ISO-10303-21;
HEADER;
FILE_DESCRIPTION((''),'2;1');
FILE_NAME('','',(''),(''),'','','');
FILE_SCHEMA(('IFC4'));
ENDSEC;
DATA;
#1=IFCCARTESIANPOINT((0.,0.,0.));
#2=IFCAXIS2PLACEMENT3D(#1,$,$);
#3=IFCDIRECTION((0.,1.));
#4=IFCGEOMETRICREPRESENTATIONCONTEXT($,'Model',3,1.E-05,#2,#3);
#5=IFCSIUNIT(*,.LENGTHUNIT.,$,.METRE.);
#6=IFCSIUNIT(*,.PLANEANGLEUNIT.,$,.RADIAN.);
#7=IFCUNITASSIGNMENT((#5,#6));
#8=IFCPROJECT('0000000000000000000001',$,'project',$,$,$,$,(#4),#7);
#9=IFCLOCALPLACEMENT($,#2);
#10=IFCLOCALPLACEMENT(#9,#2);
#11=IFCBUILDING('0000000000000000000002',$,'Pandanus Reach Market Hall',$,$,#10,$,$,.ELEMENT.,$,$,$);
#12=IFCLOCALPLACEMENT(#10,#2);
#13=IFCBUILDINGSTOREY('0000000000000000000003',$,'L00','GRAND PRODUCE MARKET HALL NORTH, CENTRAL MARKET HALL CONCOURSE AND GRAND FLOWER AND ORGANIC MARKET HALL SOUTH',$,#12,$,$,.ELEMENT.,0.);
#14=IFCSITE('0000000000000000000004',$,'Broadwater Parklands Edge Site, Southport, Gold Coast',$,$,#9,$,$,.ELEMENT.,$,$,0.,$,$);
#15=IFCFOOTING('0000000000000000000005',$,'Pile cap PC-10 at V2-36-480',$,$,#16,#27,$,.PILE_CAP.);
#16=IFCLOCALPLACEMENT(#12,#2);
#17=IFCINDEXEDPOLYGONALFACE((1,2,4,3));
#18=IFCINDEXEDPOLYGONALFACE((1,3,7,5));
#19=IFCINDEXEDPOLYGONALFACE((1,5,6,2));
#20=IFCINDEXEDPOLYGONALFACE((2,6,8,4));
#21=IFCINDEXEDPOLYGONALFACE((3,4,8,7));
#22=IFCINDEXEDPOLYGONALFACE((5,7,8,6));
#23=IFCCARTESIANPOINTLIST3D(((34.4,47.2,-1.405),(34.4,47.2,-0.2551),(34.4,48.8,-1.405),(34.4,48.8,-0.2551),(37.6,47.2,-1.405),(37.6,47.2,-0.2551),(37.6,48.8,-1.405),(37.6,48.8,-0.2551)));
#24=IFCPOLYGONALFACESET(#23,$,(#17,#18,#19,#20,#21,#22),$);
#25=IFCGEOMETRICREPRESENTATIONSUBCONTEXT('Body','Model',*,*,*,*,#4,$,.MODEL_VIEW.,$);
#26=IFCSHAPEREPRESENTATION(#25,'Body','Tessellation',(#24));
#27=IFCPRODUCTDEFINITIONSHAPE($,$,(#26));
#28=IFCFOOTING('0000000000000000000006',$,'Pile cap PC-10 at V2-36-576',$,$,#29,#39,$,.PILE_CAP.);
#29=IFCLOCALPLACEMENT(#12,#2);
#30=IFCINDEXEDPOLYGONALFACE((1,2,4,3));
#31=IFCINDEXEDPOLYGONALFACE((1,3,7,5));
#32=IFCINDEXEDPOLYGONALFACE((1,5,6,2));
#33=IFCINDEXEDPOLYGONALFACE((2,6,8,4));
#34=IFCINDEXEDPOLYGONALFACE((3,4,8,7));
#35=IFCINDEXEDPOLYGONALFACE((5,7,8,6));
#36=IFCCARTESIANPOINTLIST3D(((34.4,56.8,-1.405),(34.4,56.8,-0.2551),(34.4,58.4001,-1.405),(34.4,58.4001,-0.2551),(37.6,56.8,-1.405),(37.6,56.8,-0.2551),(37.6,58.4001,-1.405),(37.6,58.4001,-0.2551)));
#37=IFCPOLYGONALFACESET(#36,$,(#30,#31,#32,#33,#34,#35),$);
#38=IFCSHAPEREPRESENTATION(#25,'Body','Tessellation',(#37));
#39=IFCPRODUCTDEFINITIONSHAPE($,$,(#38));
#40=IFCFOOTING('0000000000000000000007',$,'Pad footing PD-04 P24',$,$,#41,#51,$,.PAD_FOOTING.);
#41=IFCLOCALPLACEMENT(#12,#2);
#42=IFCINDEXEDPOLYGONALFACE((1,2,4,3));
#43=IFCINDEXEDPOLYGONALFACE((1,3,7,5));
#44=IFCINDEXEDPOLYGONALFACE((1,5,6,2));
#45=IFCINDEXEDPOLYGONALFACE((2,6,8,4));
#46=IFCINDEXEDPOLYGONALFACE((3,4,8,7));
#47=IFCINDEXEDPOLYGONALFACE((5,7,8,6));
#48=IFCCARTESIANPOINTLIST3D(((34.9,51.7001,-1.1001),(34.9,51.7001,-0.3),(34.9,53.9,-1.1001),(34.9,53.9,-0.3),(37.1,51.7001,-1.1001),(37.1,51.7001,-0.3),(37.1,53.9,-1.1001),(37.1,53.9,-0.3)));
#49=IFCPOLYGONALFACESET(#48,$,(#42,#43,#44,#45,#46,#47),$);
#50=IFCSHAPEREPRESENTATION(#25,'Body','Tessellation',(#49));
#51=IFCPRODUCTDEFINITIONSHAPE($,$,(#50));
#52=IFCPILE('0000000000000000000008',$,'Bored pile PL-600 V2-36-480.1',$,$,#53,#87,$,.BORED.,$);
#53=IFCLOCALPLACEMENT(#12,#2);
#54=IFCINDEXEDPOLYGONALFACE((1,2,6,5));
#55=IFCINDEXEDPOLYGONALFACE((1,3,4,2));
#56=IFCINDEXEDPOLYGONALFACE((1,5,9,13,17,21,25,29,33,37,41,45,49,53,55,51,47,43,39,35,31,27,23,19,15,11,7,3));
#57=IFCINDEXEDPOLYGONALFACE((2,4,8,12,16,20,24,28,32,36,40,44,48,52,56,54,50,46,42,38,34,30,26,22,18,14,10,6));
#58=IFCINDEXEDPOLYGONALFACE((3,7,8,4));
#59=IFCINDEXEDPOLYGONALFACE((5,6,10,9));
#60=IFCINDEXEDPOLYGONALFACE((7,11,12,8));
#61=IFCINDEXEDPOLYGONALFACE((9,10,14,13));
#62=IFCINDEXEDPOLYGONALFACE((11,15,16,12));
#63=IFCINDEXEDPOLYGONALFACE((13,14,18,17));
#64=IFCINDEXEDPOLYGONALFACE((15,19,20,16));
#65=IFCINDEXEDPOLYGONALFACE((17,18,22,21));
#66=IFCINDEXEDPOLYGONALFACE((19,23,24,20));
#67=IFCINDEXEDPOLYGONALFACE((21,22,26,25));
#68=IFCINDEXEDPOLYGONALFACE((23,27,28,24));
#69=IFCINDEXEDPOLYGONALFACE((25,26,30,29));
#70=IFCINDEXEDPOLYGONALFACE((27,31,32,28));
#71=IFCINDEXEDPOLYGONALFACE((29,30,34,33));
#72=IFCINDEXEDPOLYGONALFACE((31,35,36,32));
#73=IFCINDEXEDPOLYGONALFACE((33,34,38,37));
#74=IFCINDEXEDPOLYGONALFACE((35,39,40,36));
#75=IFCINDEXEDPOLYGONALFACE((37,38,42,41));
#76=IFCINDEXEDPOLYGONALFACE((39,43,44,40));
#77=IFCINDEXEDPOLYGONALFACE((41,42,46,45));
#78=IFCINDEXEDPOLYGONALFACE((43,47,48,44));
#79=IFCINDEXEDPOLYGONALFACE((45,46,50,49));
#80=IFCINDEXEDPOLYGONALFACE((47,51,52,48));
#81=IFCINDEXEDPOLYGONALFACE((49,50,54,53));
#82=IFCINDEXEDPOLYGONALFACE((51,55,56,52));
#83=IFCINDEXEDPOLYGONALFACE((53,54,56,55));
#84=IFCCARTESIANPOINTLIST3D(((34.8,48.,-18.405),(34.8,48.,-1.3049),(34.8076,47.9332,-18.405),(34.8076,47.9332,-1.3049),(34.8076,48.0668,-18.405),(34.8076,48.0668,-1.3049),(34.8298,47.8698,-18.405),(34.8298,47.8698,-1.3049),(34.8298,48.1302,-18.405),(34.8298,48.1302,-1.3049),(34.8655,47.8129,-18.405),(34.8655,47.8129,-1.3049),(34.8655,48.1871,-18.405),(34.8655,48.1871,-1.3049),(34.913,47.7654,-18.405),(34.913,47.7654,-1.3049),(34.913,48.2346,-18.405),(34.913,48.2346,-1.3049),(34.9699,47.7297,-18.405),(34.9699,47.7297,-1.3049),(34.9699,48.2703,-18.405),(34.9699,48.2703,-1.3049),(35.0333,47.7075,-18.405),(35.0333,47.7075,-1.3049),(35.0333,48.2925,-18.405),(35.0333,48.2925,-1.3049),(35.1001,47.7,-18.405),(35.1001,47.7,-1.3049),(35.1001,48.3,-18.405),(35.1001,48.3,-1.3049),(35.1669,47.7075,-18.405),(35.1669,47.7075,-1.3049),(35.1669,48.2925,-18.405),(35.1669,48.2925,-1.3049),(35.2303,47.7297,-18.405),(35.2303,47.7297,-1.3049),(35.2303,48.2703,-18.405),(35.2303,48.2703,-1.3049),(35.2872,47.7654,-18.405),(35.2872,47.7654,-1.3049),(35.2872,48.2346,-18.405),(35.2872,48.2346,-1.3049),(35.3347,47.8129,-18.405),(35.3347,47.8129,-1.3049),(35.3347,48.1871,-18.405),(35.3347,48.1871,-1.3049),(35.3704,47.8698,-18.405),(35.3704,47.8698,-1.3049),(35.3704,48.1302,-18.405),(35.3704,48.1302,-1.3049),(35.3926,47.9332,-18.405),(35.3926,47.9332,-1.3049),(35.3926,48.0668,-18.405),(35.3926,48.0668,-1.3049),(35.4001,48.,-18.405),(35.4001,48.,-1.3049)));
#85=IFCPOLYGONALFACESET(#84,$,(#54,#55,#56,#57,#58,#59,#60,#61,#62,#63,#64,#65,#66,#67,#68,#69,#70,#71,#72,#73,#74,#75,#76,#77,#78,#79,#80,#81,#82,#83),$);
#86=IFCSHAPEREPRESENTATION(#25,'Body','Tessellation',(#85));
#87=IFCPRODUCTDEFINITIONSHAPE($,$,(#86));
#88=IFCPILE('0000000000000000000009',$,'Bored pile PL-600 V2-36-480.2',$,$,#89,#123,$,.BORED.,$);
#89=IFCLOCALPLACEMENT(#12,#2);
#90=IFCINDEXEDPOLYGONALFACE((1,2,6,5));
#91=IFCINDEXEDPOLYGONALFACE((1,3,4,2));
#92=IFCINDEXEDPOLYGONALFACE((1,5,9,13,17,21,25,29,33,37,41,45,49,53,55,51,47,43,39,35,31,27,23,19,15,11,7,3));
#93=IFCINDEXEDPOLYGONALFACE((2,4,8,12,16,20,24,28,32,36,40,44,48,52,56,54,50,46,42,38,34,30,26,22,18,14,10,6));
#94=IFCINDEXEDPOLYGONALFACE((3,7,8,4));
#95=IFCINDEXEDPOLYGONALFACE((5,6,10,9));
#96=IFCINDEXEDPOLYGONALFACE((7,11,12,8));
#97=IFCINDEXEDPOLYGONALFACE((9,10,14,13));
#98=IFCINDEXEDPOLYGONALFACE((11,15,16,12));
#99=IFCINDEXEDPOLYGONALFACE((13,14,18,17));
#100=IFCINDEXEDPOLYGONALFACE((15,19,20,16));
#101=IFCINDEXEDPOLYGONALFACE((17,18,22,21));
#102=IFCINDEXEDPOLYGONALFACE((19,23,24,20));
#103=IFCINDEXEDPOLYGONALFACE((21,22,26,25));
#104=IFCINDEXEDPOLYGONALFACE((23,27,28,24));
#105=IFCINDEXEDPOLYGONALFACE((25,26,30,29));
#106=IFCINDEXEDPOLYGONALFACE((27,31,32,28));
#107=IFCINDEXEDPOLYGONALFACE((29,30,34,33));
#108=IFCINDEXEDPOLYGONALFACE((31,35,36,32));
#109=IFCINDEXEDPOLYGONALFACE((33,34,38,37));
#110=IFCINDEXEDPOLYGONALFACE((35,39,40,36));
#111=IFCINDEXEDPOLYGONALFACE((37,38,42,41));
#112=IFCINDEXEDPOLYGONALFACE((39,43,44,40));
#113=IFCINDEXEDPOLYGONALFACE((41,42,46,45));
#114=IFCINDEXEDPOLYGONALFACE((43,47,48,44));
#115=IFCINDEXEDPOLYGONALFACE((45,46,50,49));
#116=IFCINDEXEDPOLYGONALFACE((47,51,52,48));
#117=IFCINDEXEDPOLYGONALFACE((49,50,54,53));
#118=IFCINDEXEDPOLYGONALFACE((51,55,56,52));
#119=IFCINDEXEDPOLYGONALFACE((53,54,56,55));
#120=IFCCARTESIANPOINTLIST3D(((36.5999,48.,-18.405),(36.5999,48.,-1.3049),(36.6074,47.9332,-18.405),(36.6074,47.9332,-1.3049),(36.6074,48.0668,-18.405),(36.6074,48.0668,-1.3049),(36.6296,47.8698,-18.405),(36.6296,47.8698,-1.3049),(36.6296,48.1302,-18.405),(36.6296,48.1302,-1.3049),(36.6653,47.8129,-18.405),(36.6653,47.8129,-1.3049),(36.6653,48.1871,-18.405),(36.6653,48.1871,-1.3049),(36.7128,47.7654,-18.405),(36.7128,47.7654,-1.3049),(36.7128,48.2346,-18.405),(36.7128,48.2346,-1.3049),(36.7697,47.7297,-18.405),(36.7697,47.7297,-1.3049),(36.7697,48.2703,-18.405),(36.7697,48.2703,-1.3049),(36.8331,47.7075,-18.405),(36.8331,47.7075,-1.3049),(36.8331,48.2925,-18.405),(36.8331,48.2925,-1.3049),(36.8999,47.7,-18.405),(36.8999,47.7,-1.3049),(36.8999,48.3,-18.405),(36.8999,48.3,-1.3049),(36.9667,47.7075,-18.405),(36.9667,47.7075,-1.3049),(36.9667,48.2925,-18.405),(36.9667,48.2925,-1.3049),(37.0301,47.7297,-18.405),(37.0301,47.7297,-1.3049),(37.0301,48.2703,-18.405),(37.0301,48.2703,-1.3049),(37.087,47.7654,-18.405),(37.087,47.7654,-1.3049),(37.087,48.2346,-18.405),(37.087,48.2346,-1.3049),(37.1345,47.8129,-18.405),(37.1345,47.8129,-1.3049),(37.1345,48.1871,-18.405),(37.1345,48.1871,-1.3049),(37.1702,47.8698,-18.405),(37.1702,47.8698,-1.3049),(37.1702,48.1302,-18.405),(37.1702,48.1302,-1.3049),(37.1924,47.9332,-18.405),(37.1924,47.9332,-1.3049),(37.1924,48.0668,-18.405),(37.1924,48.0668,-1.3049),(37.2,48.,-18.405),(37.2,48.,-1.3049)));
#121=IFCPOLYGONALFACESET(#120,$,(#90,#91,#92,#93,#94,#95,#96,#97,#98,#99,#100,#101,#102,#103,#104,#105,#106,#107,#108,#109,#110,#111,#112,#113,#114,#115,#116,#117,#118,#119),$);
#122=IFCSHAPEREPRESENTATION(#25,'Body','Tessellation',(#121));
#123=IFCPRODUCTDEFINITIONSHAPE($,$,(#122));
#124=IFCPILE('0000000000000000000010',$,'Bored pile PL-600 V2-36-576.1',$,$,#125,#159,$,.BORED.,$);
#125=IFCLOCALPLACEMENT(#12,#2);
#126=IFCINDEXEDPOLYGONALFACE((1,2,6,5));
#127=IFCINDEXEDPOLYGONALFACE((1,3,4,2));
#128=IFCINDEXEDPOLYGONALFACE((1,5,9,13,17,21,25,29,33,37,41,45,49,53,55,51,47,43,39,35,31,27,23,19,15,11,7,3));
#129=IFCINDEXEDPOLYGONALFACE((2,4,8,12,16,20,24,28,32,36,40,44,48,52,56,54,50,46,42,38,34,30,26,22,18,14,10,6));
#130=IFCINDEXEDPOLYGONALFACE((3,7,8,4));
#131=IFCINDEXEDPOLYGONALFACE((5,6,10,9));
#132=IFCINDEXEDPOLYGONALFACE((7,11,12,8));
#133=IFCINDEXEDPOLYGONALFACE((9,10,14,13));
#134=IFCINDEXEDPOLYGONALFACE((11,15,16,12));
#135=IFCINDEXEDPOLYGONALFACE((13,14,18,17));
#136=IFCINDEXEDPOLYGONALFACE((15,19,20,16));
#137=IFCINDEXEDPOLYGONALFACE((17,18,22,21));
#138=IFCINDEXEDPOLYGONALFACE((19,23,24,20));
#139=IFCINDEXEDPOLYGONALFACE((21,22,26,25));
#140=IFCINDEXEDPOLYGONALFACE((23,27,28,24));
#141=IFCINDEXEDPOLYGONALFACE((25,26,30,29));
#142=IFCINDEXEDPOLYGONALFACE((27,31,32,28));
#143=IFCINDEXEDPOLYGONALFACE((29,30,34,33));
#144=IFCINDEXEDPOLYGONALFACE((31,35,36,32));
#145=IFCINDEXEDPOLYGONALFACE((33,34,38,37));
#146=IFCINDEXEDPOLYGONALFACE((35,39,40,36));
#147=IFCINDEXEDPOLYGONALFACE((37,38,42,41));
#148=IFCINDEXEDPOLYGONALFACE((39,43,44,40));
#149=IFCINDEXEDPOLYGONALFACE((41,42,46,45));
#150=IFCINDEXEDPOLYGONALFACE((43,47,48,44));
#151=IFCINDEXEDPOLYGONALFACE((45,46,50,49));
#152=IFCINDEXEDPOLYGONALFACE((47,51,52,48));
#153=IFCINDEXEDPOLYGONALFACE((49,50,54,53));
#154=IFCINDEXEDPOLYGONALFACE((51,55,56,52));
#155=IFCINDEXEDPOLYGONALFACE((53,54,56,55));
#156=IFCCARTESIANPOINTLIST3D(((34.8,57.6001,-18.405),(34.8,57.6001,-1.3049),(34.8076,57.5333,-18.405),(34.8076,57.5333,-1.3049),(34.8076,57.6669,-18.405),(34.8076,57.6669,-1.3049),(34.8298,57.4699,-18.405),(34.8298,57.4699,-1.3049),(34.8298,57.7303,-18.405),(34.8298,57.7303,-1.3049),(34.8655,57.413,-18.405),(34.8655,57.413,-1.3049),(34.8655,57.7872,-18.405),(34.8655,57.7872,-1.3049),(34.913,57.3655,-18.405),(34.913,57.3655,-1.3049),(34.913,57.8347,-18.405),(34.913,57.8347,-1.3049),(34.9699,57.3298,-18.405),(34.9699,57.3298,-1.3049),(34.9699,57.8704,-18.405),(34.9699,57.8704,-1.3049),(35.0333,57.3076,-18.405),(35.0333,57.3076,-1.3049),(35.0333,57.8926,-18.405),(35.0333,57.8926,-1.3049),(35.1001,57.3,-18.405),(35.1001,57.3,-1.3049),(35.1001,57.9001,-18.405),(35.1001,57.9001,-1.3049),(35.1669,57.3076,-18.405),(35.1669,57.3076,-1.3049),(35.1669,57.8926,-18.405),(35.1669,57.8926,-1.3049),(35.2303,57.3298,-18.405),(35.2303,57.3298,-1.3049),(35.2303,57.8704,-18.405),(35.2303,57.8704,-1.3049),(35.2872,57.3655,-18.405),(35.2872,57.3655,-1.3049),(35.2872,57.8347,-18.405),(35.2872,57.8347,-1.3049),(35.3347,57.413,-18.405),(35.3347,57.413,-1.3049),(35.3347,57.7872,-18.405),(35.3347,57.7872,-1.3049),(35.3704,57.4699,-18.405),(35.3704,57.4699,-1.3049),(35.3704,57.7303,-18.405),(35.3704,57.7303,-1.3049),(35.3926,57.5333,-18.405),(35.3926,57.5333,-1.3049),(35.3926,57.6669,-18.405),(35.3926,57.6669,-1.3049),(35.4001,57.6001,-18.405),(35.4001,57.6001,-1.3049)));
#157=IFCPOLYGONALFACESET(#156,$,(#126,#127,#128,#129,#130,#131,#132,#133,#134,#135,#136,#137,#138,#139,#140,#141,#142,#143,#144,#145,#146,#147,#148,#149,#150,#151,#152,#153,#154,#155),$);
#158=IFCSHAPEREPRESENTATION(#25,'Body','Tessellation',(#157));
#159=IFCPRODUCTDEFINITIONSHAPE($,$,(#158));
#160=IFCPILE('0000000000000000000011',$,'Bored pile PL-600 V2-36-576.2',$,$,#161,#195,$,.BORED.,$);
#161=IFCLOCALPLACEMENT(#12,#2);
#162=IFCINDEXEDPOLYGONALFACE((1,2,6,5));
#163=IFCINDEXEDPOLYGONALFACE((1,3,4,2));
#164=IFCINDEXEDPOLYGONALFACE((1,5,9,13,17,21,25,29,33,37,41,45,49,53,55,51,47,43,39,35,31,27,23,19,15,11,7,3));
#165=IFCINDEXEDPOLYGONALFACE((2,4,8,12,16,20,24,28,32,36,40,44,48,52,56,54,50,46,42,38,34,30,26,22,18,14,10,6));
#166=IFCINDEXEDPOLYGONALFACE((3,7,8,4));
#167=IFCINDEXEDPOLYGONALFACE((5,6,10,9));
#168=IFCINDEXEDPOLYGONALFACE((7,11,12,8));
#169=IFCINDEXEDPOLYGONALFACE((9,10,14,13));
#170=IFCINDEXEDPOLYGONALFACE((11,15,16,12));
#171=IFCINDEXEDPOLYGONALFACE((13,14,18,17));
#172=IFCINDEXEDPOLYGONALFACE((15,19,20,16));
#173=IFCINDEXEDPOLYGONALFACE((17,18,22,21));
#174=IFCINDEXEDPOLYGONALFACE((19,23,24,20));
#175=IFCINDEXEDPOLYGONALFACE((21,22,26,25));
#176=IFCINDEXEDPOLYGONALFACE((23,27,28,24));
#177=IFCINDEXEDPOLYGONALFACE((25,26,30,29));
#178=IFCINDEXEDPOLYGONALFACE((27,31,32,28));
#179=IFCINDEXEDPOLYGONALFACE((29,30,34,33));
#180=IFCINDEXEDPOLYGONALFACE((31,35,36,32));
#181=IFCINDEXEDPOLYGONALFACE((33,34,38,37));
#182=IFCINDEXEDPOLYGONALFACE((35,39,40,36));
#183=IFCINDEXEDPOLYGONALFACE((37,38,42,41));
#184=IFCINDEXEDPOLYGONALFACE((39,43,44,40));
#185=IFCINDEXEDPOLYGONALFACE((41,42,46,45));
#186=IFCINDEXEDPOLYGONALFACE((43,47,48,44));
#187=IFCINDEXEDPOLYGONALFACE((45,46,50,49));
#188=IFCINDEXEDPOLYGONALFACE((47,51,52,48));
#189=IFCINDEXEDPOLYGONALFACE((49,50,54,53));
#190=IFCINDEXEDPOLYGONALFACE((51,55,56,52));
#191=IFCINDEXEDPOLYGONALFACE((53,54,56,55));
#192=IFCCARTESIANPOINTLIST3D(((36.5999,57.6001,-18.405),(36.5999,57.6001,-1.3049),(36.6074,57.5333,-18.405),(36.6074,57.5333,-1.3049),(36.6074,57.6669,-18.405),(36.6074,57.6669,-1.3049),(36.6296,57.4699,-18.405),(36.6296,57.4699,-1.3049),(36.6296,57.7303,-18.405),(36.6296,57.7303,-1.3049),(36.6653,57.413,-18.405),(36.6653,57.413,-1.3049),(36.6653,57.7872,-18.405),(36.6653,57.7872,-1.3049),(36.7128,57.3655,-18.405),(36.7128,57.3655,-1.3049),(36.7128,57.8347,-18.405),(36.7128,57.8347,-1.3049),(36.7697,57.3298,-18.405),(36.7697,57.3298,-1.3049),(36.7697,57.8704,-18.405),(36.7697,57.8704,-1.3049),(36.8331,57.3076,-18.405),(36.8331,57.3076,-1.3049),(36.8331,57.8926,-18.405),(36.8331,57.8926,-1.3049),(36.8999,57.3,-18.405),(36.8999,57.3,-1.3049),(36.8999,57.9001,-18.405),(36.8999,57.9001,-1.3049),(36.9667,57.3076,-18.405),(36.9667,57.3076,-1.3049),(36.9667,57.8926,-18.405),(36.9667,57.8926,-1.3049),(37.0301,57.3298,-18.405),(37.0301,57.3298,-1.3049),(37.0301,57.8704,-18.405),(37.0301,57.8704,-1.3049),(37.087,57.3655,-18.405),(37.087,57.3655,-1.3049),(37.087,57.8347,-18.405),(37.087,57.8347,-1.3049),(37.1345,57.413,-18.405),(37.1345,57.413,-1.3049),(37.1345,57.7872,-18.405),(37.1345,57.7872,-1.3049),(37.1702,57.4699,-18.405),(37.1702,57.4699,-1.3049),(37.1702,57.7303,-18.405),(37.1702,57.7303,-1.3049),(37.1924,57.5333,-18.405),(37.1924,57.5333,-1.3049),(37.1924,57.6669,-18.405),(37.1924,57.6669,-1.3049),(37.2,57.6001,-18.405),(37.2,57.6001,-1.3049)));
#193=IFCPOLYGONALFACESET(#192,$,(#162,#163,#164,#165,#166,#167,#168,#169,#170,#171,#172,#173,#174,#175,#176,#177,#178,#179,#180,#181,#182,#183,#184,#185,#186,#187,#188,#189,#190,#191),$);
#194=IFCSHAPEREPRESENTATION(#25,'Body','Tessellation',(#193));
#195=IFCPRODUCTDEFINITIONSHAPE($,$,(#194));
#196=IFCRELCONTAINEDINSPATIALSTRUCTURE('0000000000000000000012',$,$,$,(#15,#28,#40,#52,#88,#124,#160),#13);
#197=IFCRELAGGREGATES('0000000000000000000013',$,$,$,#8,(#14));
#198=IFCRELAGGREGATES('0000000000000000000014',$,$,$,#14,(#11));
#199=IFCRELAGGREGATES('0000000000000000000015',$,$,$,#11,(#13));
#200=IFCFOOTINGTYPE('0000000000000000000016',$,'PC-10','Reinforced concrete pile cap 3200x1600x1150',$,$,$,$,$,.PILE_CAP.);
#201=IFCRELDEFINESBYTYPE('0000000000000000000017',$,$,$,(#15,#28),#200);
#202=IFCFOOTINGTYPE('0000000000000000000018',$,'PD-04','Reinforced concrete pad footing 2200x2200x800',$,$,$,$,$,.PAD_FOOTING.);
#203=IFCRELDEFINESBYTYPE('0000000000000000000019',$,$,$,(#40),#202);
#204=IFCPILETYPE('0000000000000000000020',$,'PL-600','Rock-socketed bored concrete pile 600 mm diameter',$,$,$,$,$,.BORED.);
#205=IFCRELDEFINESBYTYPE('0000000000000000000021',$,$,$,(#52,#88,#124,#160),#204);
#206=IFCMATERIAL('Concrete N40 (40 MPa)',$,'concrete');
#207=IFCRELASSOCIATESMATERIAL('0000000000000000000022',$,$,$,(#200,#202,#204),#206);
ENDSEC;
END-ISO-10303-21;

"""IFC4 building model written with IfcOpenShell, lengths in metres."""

from ifc_helpers import new_model, si_unit, direction, frame, origin, origin_2d, place, context, subcontext, project, spatial, rectangle, circle, extrude, material, material_profile, profile_set, type_object, element, save


model = new_model("IFC4")

# Units and contexts
model_context = context("Model", 3, precision=1e-05, world=origin(), true_north=direction((0.0, 1.0)))
body_context = subcontext(model_context, "Body", "Model", "MODEL_VIEW")
ifc_project = project(units=[si_unit("LENGTHUNIT", "METRE"), si_unit("PLANEANGLEUNIT", "RADIAN")], contexts=[model_context])

# Site, building, storey
site_placement = place(None, origin())
site = spatial("IfcSite", under=ifc_project, at=site_placement, Name="Broadwater Parklands Edge Site, Southport, Gold Coast", CompositionType="ELEMENT", RefElevation=0.0)
building_placement = place(site_placement, origin())
building = spatial("IfcBuilding", under=site, at=building_placement, Name="Pandanus Reach Market Hall", CompositionType="ELEMENT")
storey_placement = place(building_placement, origin())
storey = spatial("IfcBuildingStorey", under=building, at=storey_placement, Name="L00", Description="GRAND PRODUCE MARKET HALL NORTH, CENTRAL MARKET HALL CONCOURSE AND GRAND FLOWER AND ORGANIC MARKET HALL SOUTH", CompositionType="ELEMENT", Elevation=0.0)

# Footings
ifc_material_1 = material(Name="Concrete N40 (40 MPa)", Category="concrete")
footing_type_1 = type_object("IfcFootingType", Name="PC-10", Description="Reinforced concrete pile cap 3200x1600x1150", PredefinedType="PILE_CAP", material=ifc_material_1)
for number, where, z_axis, x_axis, name in (
    (1, (36.0, 48.0, -1.405), (0.0, 0.0, 1.0), (1.0, 0.0, 0.0), "Pile cap PC-10 at V2-36-480"),
    (2, (36.0, 57.6001, -1.405), (0.0, 0.0, 1.0), (1.0, 0.0, 0.0), "Pile cap PC-10 at V2-36-576"),
):
    element("IfcFooting", number, at=place(storey_placement, frame(where, z_axis=z_axis, x_axis=x_axis)), inside=storey, type_object=footing_type_1, Name=name, PredefinedType="PILE_CAP", context=body_context, shape_type="SweptSolid", body=[
        extrude(rectangle(XDim=3.2, YDim=1.6001, at=origin_2d()), origin(), (0.0, 0.0, 1.0), 1.1499),
    ])
footing_type_2 = type_object("IfcFootingType", Name="PD-04", Description="Reinforced concrete pad footing 2200x2200x800", PredefinedType="PAD_FOOTING", material=ifc_material_1)
footing_placement = place(storey_placement, frame((36.0, 52.8, -1.1001), z_axis=(0.0, 0.0, 1.0), x_axis=(1.0, 0.0, 0.0)))
element("IfcFooting", 3, at=footing_placement, inside=storey, type_object=footing_type_2, Name="Pad footing PD-04 P24", PredefinedType="PAD_FOOTING", context=body_context, shape_type="SweptSolid", body=[
    extrude(rectangle(XDim=2.2, YDim=2.2, at=origin_2d()), origin(), (0.0, 0.0, 1.0), 0.8),
])

# Piles
ifc_material_profile_1 = material_profile(ifc_material_1, circle(Radius=0.3, at=origin_2d()), Name="PILE-600D", Category="LoadBearing")
ifc_profile_set_1 = profile_set([ifc_material_profile_1], Name="Concrete N40 (40 MPa)")
pile_type_1 = type_object("IfcPileType", Name="PL-600", Description="Rock-socketed bored concrete pile 600 mm diameter", PredefinedType="BORED", material=ifc_profile_set_1)
for number, where, z_axis, x_axis, name in (
    (4, (35.1001, 48.0, -1.3049), (0.0, 0.0, -1.0), (1.0, 0.0, 0.0), "Bored pile PL-600 V2-36-480.1"),
    (5, (36.8999, 48.0, -1.3049), (0.0, 0.0, -1.0), (1.0, 0.0, 0.0), "Bored pile PL-600 V2-36-480.2"),
    (6, (35.1001, 57.6001, -1.3049), (0.0, 0.0, -1.0), (1.0, 0.0, 0.0), "Bored pile PL-600 V2-36-576.1"),
    (7, (36.8999, 57.6001, -1.3049), (0.0, 0.0, -1.0), (1.0, 0.0, 0.0), "Bored pile PL-600 V2-36-576.2"),
):
    element("IfcPile", number, at=place(storey_placement, frame(where, z_axis=z_axis, x_axis=x_axis)), inside=storey, type_object=pile_type_1, Name=name, PredefinedType="BORED", context=body_context, shape_type="SweptSolid", body=[
        extrude(circle(Radius=0.3, at=origin_2d()), origin(), (0.0, 0.0, 1.0), 17.1001),
    ])

save(model, "model.ifc")
